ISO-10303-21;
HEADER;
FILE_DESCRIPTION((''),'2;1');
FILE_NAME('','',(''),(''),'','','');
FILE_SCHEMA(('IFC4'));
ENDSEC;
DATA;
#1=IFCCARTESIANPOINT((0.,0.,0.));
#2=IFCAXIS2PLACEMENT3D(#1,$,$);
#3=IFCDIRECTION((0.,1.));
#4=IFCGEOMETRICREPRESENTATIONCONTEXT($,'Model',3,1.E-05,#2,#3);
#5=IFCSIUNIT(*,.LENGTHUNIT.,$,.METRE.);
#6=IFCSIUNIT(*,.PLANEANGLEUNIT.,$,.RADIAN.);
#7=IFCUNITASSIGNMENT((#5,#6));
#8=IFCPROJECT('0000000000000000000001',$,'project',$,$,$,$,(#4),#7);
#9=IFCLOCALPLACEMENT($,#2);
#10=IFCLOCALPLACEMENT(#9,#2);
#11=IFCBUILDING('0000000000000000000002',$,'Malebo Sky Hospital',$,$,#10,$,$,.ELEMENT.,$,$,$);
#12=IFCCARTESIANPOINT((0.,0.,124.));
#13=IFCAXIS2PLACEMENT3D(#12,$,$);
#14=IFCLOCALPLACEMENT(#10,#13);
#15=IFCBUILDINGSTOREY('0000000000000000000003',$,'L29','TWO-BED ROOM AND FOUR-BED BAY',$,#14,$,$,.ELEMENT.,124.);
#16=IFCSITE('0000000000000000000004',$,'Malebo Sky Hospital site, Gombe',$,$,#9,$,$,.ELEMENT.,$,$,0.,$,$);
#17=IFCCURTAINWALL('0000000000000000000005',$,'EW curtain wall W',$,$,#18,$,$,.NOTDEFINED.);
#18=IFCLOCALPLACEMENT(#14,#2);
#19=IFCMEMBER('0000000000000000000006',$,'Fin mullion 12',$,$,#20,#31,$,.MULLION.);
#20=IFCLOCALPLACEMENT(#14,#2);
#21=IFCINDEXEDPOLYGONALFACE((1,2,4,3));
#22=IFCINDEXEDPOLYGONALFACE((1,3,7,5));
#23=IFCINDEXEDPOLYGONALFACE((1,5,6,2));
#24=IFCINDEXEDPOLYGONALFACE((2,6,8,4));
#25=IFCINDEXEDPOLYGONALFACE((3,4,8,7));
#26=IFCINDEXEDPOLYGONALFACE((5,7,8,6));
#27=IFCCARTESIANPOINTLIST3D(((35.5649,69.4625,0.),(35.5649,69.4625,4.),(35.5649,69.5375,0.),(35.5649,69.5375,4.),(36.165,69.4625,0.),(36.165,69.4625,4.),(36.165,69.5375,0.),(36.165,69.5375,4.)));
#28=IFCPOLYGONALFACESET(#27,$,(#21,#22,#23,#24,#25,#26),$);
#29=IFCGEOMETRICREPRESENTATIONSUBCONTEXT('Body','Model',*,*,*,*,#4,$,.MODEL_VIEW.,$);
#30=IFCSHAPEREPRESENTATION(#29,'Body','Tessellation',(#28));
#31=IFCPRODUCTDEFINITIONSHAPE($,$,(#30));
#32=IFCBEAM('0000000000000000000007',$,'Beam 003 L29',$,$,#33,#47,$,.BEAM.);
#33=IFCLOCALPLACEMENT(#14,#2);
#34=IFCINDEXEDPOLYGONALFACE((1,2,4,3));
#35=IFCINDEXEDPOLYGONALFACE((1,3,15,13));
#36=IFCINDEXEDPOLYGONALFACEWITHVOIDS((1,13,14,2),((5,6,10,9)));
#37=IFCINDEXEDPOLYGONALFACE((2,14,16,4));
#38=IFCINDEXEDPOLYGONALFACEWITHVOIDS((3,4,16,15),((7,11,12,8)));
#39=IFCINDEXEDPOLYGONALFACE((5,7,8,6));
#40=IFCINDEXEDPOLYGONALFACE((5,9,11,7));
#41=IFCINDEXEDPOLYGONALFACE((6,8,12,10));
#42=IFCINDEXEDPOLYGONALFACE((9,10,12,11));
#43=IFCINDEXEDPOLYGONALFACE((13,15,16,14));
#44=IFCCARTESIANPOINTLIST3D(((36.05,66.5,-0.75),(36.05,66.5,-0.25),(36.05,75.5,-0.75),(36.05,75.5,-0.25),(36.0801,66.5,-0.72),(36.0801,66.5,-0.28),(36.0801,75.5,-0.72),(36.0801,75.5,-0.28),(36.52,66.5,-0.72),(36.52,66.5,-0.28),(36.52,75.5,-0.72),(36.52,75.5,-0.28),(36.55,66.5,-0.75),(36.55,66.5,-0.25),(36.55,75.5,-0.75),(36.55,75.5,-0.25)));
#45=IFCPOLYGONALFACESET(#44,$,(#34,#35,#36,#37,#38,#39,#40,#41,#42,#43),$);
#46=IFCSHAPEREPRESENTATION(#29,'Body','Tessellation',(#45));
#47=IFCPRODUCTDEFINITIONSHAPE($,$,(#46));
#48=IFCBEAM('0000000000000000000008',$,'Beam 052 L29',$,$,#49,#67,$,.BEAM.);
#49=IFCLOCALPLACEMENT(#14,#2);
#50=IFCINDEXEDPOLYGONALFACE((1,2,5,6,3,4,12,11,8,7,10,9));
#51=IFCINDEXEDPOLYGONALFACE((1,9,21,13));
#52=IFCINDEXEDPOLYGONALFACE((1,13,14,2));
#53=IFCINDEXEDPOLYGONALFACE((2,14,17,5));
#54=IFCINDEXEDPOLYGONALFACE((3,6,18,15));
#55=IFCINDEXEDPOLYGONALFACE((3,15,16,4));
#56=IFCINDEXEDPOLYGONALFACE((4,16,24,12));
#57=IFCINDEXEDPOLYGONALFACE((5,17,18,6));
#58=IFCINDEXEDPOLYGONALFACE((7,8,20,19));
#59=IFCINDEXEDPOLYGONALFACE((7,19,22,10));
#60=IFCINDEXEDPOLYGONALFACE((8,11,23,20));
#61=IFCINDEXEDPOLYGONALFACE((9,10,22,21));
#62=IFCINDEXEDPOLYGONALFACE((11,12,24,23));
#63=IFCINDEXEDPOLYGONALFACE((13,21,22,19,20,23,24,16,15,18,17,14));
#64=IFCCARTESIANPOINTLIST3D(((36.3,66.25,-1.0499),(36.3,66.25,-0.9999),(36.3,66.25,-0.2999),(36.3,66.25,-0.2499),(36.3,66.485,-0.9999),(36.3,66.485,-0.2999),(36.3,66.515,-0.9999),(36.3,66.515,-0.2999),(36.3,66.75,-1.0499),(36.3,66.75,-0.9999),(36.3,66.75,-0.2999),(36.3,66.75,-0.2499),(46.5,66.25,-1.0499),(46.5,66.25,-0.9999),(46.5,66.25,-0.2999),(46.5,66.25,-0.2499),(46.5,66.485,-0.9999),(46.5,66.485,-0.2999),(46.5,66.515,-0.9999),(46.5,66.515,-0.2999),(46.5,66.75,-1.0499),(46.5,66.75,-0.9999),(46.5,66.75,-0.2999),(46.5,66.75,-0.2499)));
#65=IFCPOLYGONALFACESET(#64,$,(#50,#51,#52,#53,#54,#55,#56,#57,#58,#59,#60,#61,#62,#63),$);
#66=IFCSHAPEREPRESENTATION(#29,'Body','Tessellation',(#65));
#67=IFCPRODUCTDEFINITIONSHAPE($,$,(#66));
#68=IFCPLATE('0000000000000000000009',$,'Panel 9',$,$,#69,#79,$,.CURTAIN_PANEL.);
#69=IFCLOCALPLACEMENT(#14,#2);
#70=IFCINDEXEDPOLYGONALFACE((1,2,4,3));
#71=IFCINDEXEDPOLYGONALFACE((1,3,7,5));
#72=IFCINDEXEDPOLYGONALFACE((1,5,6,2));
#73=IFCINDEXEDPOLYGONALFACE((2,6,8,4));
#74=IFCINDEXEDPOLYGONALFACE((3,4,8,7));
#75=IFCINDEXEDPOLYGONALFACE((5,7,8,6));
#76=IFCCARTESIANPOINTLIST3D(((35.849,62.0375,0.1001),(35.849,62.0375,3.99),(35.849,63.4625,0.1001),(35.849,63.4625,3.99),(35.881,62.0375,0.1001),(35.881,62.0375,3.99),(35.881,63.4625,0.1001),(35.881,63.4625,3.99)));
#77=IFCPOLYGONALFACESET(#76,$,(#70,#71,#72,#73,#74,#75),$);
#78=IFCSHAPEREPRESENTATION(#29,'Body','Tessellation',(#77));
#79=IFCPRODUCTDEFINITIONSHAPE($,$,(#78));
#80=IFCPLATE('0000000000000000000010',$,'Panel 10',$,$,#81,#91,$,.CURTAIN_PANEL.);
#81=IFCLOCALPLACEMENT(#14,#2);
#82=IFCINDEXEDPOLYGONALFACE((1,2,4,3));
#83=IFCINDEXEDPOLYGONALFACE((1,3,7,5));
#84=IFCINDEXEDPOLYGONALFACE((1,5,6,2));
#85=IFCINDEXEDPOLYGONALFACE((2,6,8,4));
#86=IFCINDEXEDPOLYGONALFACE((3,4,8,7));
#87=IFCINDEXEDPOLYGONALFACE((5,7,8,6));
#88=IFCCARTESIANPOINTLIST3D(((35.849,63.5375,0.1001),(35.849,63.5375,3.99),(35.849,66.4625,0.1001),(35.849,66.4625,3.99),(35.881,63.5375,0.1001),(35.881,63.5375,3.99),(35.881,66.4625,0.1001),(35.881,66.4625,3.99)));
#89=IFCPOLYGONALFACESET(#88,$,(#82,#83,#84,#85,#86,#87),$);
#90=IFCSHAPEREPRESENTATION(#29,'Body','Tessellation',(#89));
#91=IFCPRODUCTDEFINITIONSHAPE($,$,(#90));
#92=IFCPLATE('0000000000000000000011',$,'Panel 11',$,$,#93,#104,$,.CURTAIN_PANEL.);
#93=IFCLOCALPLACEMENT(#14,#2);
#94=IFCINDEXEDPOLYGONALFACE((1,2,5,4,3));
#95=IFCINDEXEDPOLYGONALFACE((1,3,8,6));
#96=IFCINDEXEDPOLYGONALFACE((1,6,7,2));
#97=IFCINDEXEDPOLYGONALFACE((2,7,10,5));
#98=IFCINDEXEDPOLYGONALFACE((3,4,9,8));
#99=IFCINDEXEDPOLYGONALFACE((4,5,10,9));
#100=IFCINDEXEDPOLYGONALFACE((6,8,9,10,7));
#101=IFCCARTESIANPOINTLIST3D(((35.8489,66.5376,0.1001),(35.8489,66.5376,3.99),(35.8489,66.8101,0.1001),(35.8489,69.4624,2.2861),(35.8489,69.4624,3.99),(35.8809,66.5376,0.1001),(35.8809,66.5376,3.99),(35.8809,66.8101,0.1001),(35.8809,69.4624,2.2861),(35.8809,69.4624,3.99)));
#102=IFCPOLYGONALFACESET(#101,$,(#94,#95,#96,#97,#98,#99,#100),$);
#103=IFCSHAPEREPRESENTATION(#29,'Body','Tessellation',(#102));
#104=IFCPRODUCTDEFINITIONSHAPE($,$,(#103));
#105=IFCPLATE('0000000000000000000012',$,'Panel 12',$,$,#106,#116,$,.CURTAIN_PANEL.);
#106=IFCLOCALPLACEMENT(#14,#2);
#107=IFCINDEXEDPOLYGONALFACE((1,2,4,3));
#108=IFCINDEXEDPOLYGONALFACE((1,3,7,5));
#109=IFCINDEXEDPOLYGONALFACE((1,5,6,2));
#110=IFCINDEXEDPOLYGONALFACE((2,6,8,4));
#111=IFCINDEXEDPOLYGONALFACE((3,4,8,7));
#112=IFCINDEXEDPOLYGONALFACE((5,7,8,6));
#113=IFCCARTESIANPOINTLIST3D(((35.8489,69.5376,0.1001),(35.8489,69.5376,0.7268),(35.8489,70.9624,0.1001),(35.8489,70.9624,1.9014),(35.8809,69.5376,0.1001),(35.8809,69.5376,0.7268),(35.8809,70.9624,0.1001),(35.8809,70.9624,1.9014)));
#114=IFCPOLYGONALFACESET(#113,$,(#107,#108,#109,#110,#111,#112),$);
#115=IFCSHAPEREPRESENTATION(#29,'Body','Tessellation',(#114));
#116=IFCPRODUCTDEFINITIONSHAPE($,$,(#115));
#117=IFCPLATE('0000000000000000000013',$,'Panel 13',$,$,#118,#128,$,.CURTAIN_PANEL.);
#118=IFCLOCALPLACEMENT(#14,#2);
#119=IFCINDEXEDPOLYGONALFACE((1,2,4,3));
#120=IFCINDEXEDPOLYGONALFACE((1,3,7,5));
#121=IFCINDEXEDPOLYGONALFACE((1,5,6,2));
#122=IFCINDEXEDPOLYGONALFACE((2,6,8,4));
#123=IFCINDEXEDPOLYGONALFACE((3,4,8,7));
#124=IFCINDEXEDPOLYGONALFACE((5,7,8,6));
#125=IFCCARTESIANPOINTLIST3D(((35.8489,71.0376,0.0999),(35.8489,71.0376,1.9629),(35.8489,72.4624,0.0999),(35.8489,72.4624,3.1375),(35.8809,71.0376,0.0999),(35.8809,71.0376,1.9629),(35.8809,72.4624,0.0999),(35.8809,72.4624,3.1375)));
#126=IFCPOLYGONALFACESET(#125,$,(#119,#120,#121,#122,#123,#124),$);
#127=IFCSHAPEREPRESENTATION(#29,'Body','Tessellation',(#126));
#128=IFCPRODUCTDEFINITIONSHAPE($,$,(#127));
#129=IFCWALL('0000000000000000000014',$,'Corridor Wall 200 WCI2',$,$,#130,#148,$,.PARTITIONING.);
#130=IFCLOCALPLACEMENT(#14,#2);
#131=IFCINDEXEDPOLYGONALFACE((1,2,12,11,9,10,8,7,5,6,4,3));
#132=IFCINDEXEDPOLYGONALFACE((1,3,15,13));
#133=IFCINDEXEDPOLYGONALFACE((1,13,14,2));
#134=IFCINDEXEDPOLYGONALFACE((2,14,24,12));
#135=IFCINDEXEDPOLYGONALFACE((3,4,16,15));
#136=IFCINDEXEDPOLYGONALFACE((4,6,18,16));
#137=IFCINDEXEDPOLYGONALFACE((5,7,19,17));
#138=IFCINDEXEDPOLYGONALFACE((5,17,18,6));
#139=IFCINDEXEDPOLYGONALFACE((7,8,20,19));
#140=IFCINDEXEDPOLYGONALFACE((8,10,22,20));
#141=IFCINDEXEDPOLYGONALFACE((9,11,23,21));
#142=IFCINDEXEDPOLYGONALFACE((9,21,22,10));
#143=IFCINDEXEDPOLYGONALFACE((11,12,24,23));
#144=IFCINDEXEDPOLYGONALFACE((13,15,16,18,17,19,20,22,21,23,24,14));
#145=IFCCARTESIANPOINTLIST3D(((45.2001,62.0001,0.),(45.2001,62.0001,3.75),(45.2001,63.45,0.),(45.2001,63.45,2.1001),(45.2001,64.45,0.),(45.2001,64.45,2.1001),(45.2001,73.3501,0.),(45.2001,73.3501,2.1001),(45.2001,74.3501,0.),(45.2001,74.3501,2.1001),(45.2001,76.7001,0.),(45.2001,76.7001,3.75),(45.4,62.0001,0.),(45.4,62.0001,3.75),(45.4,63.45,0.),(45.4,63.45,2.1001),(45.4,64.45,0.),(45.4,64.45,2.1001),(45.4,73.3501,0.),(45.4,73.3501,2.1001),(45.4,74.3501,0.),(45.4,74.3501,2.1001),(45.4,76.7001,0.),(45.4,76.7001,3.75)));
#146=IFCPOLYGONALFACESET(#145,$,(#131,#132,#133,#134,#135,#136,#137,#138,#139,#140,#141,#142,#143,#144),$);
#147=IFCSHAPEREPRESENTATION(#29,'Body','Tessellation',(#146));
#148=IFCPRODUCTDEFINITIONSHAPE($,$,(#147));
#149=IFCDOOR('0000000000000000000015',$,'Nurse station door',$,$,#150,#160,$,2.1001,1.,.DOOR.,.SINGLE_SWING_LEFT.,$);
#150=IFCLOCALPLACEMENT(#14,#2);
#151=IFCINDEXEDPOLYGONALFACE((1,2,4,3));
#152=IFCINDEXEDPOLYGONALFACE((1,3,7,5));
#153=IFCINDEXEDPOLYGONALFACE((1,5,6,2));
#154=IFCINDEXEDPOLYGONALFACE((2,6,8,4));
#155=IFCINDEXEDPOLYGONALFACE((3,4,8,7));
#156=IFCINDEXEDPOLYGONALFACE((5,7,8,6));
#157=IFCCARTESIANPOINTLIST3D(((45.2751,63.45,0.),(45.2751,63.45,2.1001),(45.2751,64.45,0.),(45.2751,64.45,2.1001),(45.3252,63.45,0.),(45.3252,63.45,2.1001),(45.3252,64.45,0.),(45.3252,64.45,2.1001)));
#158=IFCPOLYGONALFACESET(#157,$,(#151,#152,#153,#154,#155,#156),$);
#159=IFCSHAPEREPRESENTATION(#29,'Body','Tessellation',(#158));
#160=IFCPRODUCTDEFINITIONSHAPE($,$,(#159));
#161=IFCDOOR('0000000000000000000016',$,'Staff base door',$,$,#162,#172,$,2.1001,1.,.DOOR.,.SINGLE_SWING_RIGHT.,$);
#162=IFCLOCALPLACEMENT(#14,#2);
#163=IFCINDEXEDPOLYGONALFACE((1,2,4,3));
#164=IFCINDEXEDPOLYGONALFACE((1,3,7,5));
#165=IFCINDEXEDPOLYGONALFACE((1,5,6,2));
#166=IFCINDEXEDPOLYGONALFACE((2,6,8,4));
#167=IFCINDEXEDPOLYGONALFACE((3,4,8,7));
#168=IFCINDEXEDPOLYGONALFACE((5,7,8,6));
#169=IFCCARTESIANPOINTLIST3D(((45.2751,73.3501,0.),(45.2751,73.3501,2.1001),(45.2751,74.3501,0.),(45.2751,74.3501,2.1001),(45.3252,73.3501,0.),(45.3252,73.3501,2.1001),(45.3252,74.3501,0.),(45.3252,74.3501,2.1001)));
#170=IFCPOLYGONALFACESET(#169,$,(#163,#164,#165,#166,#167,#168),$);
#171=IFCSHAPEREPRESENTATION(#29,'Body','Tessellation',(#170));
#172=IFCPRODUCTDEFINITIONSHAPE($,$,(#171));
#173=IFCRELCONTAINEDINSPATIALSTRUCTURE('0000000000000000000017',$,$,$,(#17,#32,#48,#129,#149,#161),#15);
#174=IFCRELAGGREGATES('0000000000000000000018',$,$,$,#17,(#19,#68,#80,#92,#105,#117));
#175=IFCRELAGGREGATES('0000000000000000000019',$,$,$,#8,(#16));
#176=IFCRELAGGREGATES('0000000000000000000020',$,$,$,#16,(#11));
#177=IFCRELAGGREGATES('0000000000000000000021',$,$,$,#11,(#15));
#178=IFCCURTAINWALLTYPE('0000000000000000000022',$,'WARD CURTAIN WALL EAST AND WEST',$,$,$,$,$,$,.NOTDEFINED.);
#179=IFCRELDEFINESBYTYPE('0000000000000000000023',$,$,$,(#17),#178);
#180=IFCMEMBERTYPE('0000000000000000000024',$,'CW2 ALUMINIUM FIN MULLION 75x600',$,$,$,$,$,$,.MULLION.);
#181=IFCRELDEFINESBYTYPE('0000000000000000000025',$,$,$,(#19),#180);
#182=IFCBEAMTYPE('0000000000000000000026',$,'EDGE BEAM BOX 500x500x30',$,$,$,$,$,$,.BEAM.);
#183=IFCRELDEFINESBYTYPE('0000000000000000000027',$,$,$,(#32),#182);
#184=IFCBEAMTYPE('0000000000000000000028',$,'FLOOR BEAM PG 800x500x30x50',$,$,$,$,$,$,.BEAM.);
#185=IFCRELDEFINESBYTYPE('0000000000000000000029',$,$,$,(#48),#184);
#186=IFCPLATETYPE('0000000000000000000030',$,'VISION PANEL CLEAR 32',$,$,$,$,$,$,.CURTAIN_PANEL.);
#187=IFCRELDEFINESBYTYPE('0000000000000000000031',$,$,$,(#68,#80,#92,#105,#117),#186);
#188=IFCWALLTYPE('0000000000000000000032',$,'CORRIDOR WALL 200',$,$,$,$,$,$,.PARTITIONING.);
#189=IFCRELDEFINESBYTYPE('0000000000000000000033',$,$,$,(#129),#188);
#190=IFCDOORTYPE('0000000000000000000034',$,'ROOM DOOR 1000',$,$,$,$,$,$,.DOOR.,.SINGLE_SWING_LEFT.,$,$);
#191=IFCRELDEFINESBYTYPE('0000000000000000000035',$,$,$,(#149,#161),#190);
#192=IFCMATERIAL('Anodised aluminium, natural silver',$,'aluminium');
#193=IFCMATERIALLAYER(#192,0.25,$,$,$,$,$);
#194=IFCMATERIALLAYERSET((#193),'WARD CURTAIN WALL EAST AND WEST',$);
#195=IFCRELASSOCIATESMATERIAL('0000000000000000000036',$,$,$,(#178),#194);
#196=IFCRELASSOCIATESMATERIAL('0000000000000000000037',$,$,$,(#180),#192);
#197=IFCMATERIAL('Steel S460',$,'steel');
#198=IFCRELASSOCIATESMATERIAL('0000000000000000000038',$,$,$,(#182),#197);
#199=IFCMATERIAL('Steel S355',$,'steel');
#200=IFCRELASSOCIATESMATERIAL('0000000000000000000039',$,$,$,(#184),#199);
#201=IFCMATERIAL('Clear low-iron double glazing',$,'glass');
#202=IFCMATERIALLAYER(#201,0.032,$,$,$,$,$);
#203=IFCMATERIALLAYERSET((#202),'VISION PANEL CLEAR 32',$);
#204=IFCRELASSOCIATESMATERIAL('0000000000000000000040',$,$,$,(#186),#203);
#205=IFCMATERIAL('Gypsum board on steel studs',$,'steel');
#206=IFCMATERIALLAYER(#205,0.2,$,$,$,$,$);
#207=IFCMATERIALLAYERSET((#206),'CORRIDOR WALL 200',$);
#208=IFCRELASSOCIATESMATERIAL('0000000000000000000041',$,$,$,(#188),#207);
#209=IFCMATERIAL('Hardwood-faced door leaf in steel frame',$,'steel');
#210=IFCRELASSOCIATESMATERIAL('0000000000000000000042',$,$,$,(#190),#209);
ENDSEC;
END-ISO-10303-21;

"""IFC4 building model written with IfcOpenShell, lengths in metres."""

from ifc_helpers import new_model, si_unit, direction, frame, frame_2d, origin, origin_2d, place, context, subcontext, project, spatial, polyline, rectangle, hollow_rectangle, i_section, outline, extrude, material, layer, layer_set, material_profile, profile_set, type_object, element, fill, aggregate, save


model = new_model("IFC4")

# Units and contexts
model_context = context("Model", 3, precision=1e-05, world=origin(), true_north=direction((0.0, 1.0)))
body_context = subcontext(model_context, "Body", "Model", "MODEL_VIEW")
ifc_project = project(units=[si_unit("LENGTHUNIT", "METRE"), si_unit("PLANEANGLEUNIT", "RADIAN")], contexts=[model_context])

# Site, building, storey
site_placement = place(None, origin())
site = spatial("IfcSite", under=ifc_project, at=site_placement, Name="Malebo Sky Hospital site, Gombe", CompositionType="ELEMENT", RefElevation=0.0)
building_placement = place(site_placement, origin())
building = spatial("IfcBuilding", under=site, at=building_placement, Name="Malebo Sky Hospital", CompositionType="ELEMENT")
storey_placement = place(building_placement, frame((0.0, 0.0, 124.0)))
storey = spatial("IfcBuildingStorey", under=building, at=storey_placement, Name="L29", Description="TWO-BED ROOM AND FOUR-BED BAY", CompositionType="ELEMENT", Elevation=124.0)

# Shared definitions
ifc_material_1 = material(Name="Steel S460", Category="steel")

# Curtain wall
ifc_material_2 = material(Name="Anodised aluminium, natural silver", Category="aluminium")
ifc_layer_1 = layer(ifc_material_2, 0.25)
ifc_layer_set_1 = layer_set([ifc_layer_1], Name="WARD CURTAIN WALL EAST AND WEST")
curtain_wall_type = type_object("IfcCurtainWallType", Name="WARD CURTAIN WALL EAST AND WEST", PredefinedType="NOTDEFINED", material=ifc_layer_set_1)
curtain_wall_placement = place(storey_placement, origin())
curtain_wall = element("IfcCurtainWall", 1, at=curtain_wall_placement, inside=storey, type_object=curtain_wall_type, Name="EW curtain wall W", PredefinedType="NOTDEFINED")

# Member
ifc_material_3 = material(Name="Steel S355", Category="steel")
ifc_material_profile_1 = material_profile(ifc_material_2, rectangle(XDim=0.075, YDim=0.6001, at=origin_2d()), Name="CW2 ALUMINIUM FIN MULLION 75x600")
ifc_profile_set_1 = profile_set([ifc_material_profile_1], Name="Anodised aluminium, natural silver")
member_type_1 = type_object("IfcMemberType", Name="CW2 ALUMINIUM FIN MULLION 75x600", PredefinedType="MULLION", material=ifc_profile_set_1)
member_1_placement = place(storey_placement, frame((35.865, 69.5, 0.0), z_axis=(0.0, 0.0, 1.0), x_axis=(0.0, 1.0, 0.0)))
member_1 = element("IfcMember", 2, at=member_1_placement, type_object=member_type_1, Name="Fin mullion 12", PredefinedType="MULLION", context=body_context, shape_type="SweptSolid", body=[
    extrude(rectangle(XDim=0.075, YDim=0.6001, at=origin_2d()), origin(), (0.0, 0.0, 1.0), 4.0),
])

# Beams
ifc_material_profile_2 = material_profile(ifc_material_1, hollow_rectangle(XDim=0.5, YDim=0.5, WallThickness=0.03, at=origin_2d()), Name="BOX 500x500x30")
ifc_profile_set_2 = profile_set([ifc_material_profile_2], Name="Steel S460")
beam_type_1 = type_object("IfcBeamType", Name="EDGE BEAM BOX 500x500x30", PredefinedType="BEAM", material=ifc_profile_set_2)
beam_1_placement = place(storey_placement, frame((36.3, 66.5, -0.5), z_axis=(0.0, 1.0, 0.0), x_axis=(-1.0, 0.0, 0.0)))
element("IfcBeam", 3, at=beam_1_placement, inside=storey, type_object=beam_type_1, Name="Beam 003 L29", PredefinedType="BEAM", context=body_context, shape_type="SweptSolid", body=[
    extrude(hollow_rectangle(XDim=0.5, YDim=0.5, WallThickness=0.03, at=origin_2d()), origin(), (0.0, 0.0, 1.0), 9.0),
])
ifc_material_profile_3 = material_profile(ifc_material_3, i_section(OverallWidth=0.5, OverallDepth=0.8, WebThickness=0.03, FlangeThickness=0.05, at=origin_2d()), Name="PG 800x500x30x50")
ifc_profile_set_3 = profile_set([ifc_material_profile_3], Name="Steel S355")
beam_type_2 = type_object("IfcBeamType", Name="FLOOR BEAM PG 800x500x30x50", PredefinedType="BEAM", material=ifc_profile_set_3)
beam_2_placement = place(storey_placement, frame((36.3, 66.5, -0.6499), z_axis=(1.0, 0.0, 0.0), x_axis=(0.0, 1.0, 0.0)))
element("IfcBeam", 4, at=beam_2_placement, inside=storey, type_object=beam_type_2, Name="Beam 052 L29", PredefinedType="BEAM", context=body_context, shape_type="SweptSolid", body=[
    extrude(i_section(OverallWidth=0.5, OverallDepth=0.8, WebThickness=0.03, FlangeThickness=0.05, at=origin_2d()), origin(), (0.0, 0.0, 1.0), 10.2),
])

# Plates
ifc_material_4 = material(Name="Clear low-iron double glazing", Category="glass")
ifc_layer_2 = layer(ifc_material_4, 0.032)
ifc_layer_set_2 = layer_set([ifc_layer_2], Name="VISION PANEL CLEAR 32")
plate_type = type_object("IfcPlateType", Name="VISION PANEL CLEAR 32", PredefinedType="CURTAIN_PANEL", material=ifc_layer_set_2)
plate_1_placement = place(storey_placement, frame((35.865, 62.75, 0.1001), z_axis=(0.0, 0.0, 1.0), x_axis=(0.0, 1.0, 0.0)))
plate_1 = element("IfcPlate", 5, at=plate_1_placement, type_object=plate_type, Name="Panel 9", PredefinedType="CURTAIN_PANEL", context=body_context, shape_type="SweptSolid", body=[
    extrude(rectangle(XDim=1.425, YDim=0.032, at=origin_2d()), origin(), (0.0, 0.0, 1.0), 3.8899),
])
plate_2_placement = place(storey_placement, frame((35.865, 65.0, 0.1001), z_axis=(0.0, 0.0, 1.0), x_axis=(0.0, 1.0, 0.0)))
plate_2 = element("IfcPlate", 6, at=plate_2_placement, type_object=plate_type, Name="Panel 10", PredefinedType="CURTAIN_PANEL", context=body_context, shape_type="SweptSolid", body=[
    extrude(rectangle(XDim=2.925, YDim=0.032, at=origin_2d()), origin(), (0.0, 0.0, 1.0), 3.8899),
])
plate_3_placement = place(storey_placement, frame((35.865, 68.0, 0.1001), z_axis=(0.0, 0.0, 1.0), x_axis=(0.0, 1.0, 0.0)))
plate_3 = element("IfcPlate", 7, at=plate_3_placement, type_object=plate_type, Name="Panel 11", PredefinedType="CURTAIN_PANEL", context=body_context, shape_type="SweptSolid", body=[
    extrude(outline(polyline([(-1.4624, 0.0), (-1.1899, 0.0), (1.4624, 2.186), (1.4624, 3.8899), (-1.4624, 3.8899), (-1.4624, 0.0)])), frame((0.0, 0.0161, 0.0), z_axis=(0.0, -1.0, 0.0), x_axis=(1.0, 0.0, 0.0)), (0.0, 0.0, 1.0), 0.032),
])
plate_4_placement = place(storey_placement, frame((35.865, 70.25, 0.1001), z_axis=(0.0, 0.0, 1.0), x_axis=(0.0, 1.0, 0.0)))
plate_4 = element("IfcPlate", 8, at=plate_4_placement, type_object=plate_type, Name="Panel 12", PredefinedType="CURTAIN_PANEL", context=body_context, shape_type="SweptSolid", body=[
    extrude(outline(polyline([(-0.7124, 0.0), (0.7124, 0.0), (0.7124, 1.8013), (-0.7124, 0.6267), (-0.7124, 0.0)])), frame((0.0, 0.0161, 0.0), z_axis=(0.0, -1.0, 0.0), x_axis=(1.0, 0.0, 0.0)), (0.0, 0.0, 1.0), 0.032),
])
plate_5_placement = place(storey_placement, frame((35.865, 71.75, 0.0999), z_axis=(0.0, 0.0, 1.0), x_axis=(0.0, 1.0, 0.0)))
plate_5 = element("IfcPlate", 9, at=plate_5_placement, type_object=plate_type, Name="Panel 13", PredefinedType="CURTAIN_PANEL", context=body_context, shape_type="SweptSolid", body=[
    extrude(outline(polyline([(-0.7124, 0.0), (0.7124, 0.0), (0.7124, 3.0376), (-0.7124, 1.863), (-0.7124, 0.0)])), frame((0.0, 0.0161, 0.0), z_axis=(0.0, -1.0, 0.0), x_axis=(1.0, 0.0, 0.0)), (0.0, 0.0, 1.0), 0.032),
])
aggregate(curtain_wall, [member_1, plate_1, plate_2, plate_3, plate_4, plate_5])

# Wall, openings, doors
ifc_material_5 = material(Name="Gypsum board on steel studs", Category="steel")
ifc_layer_3 = layer(ifc_material_5, 0.2)
ifc_layer_set_3 = layer_set([ifc_layer_3], Name="CORRIDOR WALL 200")
wall_type_1 = type_object("IfcWallType", Name="CORRIDOR WALL 200", PredefinedType="PARTITIONING", material=ifc_layer_set_3)
wall_1_placement = place(storey_placement, frame((45.3, 62.0, 0.0), z_axis=(0.0, 0.0, 1.0), x_axis=(0.0, 1.0, 0.0)))
wall_1 = element("IfcWall", 10, at=wall_1_placement, inside=storey, type_object=wall_type_1, Name="Corridor Wall 200 WCI2", PredefinedType="PARTITIONING", context=body_context, shape_type="SweptSolid", body=[
    extrude(rectangle(XDim=14.7, YDim=0.2, at=frame_2d((7.3501, 0.0))), origin(), (0.0, 0.0, 1.0), 3.75),
])
opening_1_placement = place(wall_1_placement, frame((1.45, 0.0, 0.0)))
opening_1 = element("IfcOpeningElement", 11, at=opening_1_placement, cuts=wall_1, PredefinedType="OPENING", context=body_context, shape_type="SweptSolid", body=[
    extrude(rectangle(XDim=1.0, YDim=2.1001, at=frame_2d((0.5, 1.05))), frame((0.0, 0.1099, 0.0), z_axis=(0.0, -1.0, 0.0), x_axis=(1.0, 0.0, 0.0)), (0.0, 0.0, 1.0), 0.22),
])
opening_2_placement = place(wall_1_placement, frame((11.3501, 0.0, 0.0)))
opening_2 = element("IfcOpeningElement", 12, at=opening_2_placement, cuts=wall_1, PredefinedType="OPENING", context=body_context, shape_type="SweptSolid", body=[
    extrude(rectangle(XDim=1.0, YDim=2.1001, at=frame_2d((0.5, 1.05))), frame((0.0, 0.1099, 0.0), z_axis=(0.0, -1.0, 0.0), x_axis=(1.0, 0.0, 0.0)), (0.0, 0.0, 1.0), 0.22),
])
ifc_material_6 = material(Name="Hardwood-faced door leaf in steel frame", Category="steel")
door_type_1 = type_object("IfcDoorType", Name="ROOM DOOR 1000", OperationType="SINGLE_SWING_LEFT", PredefinedType="DOOR", material=ifc_material_6)
door_1_placement = place(opening_1_placement, origin())
door_1 = element("IfcDoor", 13, at=door_1_placement, inside=storey, type_object=door_type_1, Name="Nurse station door", OperationType="SINGLE_SWING_LEFT", OverallHeight=2.1001, OverallWidth=1.0, PredefinedType="DOOR", context=body_context, shape_type="SweptSolid", body=[
    extrude(rectangle(XDim=1.0, YDim=2.1001, at=frame_2d((0.5, 1.05))), frame((0.0, 0.0249, 0.0), z_axis=(0.0, -1.0, 0.0), x_axis=(1.0, 0.0, 0.0)), (0.0, 0.0, 1.0), 0.05),
])
fill(opening_1, door_1)
door_2_placement = place(opening_2_placement, origin())
door_2 = element("IfcDoor", 14, at=door_2_placement, inside=storey, type_object=door_type_1, Name="Staff base door", OperationType="SINGLE_SWING_RIGHT", OverallHeight=2.1001, OverallWidth=1.0, PredefinedType="DOOR", context=body_context, shape_type="SweptSolid", body=[
    extrude(rectangle(XDim=1.0, YDim=2.1001, at=frame_2d((0.5, 1.05))), frame((0.0, 0.0249, 0.0), z_axis=(0.0, -1.0, 0.0), x_axis=(1.0, 0.0, 0.0)), (0.0, 0.0, 1.0), 0.05),
])
fill(opening_2, door_2)

save(model, "model.ifc")
